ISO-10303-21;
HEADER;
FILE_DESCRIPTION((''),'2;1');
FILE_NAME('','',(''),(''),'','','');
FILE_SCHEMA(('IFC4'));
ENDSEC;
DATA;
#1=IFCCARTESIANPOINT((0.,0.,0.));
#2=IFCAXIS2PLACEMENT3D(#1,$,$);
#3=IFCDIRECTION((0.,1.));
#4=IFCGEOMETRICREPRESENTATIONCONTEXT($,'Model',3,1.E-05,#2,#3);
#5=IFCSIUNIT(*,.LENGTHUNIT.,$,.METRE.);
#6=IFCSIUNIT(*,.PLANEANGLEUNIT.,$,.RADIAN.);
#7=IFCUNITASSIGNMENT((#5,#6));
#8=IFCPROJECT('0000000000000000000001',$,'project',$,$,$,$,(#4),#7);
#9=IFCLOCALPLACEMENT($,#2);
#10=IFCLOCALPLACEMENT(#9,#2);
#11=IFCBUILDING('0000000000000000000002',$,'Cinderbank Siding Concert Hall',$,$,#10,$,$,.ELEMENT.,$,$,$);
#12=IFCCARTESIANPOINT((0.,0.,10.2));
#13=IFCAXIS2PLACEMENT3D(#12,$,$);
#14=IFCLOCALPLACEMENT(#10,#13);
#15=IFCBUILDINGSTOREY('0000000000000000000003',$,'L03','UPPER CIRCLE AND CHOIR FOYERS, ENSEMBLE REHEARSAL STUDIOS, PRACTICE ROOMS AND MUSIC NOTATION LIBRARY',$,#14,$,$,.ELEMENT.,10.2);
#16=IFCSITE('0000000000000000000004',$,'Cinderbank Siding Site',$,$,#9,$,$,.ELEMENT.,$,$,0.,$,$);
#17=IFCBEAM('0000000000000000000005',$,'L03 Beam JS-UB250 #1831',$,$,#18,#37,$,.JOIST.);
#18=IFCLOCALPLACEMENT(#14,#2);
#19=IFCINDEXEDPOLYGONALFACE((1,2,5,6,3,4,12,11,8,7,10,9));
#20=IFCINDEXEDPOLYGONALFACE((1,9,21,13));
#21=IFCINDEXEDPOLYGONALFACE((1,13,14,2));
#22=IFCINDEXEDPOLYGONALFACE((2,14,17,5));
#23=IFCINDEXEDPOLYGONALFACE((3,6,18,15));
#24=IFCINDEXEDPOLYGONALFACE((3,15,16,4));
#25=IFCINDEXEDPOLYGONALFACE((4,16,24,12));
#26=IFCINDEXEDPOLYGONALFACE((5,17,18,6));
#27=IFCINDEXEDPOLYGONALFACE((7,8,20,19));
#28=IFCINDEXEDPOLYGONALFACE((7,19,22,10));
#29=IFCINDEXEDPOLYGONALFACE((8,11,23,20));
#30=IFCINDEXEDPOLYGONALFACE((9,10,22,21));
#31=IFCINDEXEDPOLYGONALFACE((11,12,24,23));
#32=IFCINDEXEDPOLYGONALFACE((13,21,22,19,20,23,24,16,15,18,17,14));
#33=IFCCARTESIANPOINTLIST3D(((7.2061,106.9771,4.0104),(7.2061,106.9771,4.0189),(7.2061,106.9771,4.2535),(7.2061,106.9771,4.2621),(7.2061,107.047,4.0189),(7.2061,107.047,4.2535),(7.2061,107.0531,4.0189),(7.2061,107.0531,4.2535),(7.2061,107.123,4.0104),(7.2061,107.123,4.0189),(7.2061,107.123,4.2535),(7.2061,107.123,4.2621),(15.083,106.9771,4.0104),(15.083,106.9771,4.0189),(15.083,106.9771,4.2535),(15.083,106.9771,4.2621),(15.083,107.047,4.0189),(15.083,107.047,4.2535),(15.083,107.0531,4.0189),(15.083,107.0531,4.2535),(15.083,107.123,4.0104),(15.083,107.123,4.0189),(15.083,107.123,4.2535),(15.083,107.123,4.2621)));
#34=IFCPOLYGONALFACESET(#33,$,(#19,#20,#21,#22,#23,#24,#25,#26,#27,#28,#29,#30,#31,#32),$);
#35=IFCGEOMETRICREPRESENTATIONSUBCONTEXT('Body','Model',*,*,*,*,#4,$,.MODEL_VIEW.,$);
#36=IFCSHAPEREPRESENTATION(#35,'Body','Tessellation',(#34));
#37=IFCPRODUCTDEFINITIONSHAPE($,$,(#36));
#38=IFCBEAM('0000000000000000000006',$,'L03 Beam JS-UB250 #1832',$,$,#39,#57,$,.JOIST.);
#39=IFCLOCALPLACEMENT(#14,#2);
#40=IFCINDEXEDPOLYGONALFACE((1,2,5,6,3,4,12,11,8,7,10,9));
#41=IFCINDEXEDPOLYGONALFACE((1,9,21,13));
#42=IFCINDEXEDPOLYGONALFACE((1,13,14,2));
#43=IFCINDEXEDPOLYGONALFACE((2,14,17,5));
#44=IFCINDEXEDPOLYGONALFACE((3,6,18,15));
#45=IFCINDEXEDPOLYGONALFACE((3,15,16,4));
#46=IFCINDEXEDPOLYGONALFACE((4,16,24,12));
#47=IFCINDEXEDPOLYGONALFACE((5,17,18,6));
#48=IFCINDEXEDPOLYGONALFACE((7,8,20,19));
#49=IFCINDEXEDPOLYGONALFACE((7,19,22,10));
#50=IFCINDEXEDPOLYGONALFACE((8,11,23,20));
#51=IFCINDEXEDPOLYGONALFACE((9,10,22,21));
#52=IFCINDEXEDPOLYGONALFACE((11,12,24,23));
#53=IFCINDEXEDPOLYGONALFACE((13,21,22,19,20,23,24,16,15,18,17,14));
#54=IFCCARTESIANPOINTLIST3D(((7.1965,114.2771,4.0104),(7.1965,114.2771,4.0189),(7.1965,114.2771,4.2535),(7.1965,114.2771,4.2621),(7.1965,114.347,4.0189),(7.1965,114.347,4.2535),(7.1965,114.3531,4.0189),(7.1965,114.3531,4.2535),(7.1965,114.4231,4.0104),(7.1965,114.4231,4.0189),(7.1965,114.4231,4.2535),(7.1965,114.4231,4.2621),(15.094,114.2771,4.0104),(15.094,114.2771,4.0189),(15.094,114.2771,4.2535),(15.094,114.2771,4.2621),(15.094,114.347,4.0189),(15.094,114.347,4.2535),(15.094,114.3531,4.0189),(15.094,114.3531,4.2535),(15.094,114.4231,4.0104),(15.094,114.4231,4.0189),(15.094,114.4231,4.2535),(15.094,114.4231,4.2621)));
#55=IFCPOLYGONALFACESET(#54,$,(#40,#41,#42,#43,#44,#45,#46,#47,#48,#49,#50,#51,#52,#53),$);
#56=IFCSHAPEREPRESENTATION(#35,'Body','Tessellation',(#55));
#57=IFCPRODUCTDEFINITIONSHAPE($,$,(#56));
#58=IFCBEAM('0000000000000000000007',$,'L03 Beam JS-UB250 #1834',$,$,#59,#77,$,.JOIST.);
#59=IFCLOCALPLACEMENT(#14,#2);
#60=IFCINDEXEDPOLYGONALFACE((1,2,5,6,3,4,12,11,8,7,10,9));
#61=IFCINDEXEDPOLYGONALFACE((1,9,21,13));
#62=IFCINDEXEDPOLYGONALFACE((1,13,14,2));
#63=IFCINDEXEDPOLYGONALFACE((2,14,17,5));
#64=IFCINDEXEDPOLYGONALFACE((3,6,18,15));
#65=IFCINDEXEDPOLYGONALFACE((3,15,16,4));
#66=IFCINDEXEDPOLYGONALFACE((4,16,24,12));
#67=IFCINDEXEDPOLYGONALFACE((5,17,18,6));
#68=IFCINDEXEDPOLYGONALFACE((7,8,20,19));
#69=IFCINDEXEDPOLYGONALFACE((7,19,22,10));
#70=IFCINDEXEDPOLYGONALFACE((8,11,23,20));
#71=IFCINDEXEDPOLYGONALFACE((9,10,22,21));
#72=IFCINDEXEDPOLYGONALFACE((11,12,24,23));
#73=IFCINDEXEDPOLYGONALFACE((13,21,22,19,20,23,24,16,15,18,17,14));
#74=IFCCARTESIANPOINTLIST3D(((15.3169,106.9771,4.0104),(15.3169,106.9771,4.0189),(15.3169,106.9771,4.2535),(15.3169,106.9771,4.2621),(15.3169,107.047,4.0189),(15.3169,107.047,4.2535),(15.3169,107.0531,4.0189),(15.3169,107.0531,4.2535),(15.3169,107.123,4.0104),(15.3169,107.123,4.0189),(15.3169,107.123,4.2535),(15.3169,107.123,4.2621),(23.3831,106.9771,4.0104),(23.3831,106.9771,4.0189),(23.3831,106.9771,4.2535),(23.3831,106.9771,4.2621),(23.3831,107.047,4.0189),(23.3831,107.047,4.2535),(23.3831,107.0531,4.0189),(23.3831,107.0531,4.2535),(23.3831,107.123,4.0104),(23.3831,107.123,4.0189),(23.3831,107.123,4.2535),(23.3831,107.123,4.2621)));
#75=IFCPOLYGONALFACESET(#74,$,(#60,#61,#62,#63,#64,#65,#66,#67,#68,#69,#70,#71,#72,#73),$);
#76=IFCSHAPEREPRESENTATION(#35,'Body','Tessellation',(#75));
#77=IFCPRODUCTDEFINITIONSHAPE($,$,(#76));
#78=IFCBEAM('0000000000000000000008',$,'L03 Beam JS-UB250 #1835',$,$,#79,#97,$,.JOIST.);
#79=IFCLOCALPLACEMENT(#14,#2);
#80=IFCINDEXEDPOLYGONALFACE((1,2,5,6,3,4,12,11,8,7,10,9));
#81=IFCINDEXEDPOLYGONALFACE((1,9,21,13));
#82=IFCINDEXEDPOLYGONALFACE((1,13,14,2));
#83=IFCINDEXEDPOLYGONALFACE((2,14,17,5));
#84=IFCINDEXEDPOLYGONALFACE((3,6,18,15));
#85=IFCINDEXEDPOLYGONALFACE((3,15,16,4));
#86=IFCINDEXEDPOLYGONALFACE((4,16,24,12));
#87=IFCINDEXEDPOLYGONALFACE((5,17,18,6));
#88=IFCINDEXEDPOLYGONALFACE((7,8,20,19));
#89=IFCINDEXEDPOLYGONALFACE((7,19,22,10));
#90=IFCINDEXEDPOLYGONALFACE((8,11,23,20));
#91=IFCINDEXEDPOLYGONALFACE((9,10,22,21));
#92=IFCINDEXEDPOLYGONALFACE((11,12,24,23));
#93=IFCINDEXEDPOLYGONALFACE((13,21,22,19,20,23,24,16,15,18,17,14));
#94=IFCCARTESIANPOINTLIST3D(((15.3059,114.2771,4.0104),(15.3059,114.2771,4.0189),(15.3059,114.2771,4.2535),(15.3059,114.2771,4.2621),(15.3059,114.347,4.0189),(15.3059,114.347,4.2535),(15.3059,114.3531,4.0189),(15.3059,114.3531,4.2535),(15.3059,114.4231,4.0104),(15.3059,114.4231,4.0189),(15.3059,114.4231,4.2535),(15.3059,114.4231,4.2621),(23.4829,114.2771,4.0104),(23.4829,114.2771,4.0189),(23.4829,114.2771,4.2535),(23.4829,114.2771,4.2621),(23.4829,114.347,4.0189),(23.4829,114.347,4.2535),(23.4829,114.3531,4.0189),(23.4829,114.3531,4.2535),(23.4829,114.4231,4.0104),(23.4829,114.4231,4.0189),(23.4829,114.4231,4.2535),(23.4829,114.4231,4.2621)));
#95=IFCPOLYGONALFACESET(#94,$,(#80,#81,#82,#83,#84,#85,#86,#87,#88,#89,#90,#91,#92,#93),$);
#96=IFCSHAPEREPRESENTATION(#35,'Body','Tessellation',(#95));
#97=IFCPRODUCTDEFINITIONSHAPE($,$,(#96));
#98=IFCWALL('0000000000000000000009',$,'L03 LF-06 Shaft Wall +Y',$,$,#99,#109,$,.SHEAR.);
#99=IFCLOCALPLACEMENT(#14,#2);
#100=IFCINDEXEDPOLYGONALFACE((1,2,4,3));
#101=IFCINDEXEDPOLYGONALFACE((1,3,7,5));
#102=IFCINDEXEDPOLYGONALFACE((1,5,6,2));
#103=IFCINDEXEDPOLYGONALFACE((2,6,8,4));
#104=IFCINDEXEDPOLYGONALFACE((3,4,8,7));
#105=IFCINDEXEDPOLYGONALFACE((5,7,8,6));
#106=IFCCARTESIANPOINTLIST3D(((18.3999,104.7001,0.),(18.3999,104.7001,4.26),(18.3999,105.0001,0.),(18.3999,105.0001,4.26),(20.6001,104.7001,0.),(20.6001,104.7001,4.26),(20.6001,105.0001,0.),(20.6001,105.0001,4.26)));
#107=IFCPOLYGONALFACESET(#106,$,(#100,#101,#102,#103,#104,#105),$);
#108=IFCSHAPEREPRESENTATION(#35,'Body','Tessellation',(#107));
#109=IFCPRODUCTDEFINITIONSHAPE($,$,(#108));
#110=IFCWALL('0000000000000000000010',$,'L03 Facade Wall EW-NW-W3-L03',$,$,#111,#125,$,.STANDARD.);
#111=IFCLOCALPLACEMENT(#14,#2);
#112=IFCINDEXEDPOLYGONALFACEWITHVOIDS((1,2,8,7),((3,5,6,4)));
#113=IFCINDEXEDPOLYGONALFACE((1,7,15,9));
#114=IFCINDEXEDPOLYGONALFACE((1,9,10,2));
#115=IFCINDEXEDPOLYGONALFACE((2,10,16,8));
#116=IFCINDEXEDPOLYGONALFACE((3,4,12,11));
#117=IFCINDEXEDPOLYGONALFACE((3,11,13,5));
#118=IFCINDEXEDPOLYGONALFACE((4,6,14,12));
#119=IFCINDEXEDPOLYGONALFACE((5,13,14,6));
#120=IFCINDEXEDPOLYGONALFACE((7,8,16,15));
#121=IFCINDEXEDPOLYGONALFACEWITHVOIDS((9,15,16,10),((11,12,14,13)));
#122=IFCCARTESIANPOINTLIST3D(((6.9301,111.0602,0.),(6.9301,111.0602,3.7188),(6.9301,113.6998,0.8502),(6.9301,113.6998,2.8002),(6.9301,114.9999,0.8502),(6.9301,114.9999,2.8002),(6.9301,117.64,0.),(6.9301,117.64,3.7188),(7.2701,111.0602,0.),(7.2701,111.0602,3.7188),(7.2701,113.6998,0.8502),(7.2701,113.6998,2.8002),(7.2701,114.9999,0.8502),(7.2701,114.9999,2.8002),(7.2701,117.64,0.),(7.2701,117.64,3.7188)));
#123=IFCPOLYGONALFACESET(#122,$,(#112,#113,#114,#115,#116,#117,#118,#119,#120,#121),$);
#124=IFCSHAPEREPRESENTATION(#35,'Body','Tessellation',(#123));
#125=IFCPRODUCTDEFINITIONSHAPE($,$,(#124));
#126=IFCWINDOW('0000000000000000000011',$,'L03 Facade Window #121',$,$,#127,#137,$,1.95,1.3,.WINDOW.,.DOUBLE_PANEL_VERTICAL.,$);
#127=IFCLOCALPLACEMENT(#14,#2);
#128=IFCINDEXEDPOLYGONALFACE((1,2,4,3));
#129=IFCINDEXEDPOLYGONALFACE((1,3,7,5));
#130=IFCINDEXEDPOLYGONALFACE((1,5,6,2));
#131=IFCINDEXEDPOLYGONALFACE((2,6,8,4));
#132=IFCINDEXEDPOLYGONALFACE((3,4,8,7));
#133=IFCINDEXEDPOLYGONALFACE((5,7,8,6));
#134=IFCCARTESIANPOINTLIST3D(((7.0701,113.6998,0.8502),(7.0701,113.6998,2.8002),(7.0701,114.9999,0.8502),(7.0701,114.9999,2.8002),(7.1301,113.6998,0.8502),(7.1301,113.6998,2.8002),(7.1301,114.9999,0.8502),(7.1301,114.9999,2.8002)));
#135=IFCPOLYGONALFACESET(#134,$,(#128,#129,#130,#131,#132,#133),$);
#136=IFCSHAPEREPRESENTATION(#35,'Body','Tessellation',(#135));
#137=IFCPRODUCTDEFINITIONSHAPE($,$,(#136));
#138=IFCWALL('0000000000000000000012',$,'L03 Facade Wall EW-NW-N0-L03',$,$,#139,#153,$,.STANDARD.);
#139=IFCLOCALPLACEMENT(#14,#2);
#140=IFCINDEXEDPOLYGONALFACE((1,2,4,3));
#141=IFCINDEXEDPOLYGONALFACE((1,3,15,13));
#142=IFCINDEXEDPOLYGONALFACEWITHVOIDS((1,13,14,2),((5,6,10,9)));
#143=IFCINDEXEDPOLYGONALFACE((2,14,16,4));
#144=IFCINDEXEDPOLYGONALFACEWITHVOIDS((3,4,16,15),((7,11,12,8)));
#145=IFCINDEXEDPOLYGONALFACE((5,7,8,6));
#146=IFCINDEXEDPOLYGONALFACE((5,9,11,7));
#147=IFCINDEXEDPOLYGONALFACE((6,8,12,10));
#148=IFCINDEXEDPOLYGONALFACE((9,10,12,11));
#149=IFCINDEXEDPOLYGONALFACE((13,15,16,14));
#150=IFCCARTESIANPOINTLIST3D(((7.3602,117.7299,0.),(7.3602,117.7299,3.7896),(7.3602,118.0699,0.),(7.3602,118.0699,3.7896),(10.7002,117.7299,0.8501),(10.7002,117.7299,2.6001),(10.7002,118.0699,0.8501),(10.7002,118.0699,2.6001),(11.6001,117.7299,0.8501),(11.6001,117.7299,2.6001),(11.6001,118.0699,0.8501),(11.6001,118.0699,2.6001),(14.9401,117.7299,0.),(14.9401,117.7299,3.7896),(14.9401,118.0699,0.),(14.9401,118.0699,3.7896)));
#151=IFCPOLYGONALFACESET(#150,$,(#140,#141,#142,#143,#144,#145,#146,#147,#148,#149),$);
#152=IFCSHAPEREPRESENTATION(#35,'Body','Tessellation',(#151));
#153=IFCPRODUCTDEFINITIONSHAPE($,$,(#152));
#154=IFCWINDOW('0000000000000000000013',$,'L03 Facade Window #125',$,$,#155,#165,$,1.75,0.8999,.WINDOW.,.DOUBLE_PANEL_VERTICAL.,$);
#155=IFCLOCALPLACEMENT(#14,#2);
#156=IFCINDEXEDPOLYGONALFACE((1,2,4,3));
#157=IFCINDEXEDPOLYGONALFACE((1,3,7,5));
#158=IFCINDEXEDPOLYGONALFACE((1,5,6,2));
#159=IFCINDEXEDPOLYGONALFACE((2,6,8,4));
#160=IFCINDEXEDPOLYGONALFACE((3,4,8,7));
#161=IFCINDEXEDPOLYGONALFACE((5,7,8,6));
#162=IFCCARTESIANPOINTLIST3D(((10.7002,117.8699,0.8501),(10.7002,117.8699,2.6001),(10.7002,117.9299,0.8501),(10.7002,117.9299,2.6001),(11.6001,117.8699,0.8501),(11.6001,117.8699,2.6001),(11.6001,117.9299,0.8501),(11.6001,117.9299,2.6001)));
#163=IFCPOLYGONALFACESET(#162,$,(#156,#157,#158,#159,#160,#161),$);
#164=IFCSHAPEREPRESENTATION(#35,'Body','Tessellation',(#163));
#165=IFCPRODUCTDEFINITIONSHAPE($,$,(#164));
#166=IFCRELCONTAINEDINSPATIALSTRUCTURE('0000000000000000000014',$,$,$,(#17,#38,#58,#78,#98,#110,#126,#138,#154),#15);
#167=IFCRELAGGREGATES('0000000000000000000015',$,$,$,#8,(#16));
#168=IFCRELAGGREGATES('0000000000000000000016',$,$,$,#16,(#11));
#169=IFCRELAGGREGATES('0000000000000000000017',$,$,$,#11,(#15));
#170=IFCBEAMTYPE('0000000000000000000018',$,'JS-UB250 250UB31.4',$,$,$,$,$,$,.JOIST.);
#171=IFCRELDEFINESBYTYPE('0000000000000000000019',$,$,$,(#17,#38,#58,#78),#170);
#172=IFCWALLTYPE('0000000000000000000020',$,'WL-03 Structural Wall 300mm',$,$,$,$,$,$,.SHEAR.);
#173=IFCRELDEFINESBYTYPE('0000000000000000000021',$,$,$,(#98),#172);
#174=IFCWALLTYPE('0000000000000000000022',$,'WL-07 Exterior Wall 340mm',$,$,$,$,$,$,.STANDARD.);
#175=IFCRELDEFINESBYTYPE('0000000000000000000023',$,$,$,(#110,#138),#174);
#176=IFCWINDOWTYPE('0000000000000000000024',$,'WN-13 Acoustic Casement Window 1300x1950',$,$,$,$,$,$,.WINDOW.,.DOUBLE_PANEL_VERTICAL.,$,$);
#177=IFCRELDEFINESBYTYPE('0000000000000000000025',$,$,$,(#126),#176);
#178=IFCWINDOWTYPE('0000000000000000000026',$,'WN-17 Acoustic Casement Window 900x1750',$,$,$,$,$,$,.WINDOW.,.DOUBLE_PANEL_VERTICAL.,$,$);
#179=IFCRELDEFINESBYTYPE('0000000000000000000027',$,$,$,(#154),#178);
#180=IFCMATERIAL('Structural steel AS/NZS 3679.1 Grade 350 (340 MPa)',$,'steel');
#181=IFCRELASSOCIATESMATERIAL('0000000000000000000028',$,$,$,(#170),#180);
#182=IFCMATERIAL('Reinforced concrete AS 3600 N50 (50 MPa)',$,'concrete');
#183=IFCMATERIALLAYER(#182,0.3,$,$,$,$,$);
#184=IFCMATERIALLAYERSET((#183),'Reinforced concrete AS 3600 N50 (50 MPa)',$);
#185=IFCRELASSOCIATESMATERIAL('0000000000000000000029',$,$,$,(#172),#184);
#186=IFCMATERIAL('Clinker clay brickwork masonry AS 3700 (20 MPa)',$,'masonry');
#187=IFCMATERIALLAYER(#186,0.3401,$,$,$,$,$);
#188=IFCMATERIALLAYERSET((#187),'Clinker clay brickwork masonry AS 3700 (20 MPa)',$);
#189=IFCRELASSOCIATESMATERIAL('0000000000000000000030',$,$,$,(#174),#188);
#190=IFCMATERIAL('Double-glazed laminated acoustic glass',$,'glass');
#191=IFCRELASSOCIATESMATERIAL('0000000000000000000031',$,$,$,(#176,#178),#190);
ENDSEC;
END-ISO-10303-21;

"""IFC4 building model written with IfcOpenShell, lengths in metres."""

from ifc_helpers import new_model, si_unit, direction, frame, frame_2d, origin, origin_2d, place, context, subcontext, project, spatial, rectangle, i_section, extrude, material, layer, layer_set, material_profile, profile_set, type_object, element, fill, save


model = new_model("IFC4")

# Units and contexts
model_context = context("Model", 3, precision=1e-05, world=origin(), true_north=direction((0.0, 1.0)))
body_context = subcontext(model_context, "Body", "Model", "MODEL_VIEW")
ifc_project = project(units=[si_unit("LENGTHUNIT", "METRE"), si_unit("PLANEANGLEUNIT", "RADIAN")], contexts=[model_context])

# Site, building, storey
site_placement = place(None, origin())
site = spatial("IfcSite", under=ifc_project, at=site_placement, Name="Cinderbank Siding Site", CompositionType="ELEMENT", RefElevation=0.0)
building_placement = place(site_placement, origin())
building = spatial("IfcBuilding", under=site, at=building_placement, Name="Cinderbank Siding Concert Hall", CompositionType="ELEMENT")
storey_placement = place(building_placement, frame((0.0, 0.0, 10.2)))
storey = spatial("IfcBuildingStorey", under=building, at=storey_placement, Name="L03", Description="UPPER CIRCLE AND CHOIR FOYERS, ENSEMBLE REHEARSAL STUDIOS, PRACTICE ROOMS AND MUSIC NOTATION LIBRARY", CompositionType="ELEMENT", Elevation=10.2)

# Shared definitions
ifc_material_1 = material(Name="Reinforced concrete AS 3600 N50 (50 MPa)", Category="concrete")

# Beams
ifc_material_2 = material(Name="Structural steel AS/NZS 3679.1 Grade 350 (340 MPa)", Category="steel")
ifc_material_profile_1 = material_profile(ifc_material_2, i_section(OverallWidth=0.146, OverallDepth=0.2517, WebThickness=0.0061, FlangeThickness=0.0085, at=origin_2d()), Name="250UB31.4", Category="LoadBearing")
ifc_profile_set_1 = profile_set([ifc_material_profile_1], Name="Structural steel AS/NZS 3679.1 Grade 350 (340 MPa)")
beam_type_1 = type_object("IfcBeamType", Name="JS-UB250 250UB31.4", PredefinedType="JOIST", material=ifc_profile_set_1)
beam_1_placement = place(storey_placement, frame((7.2061, 107.05, 4.1362), z_axis=(1.0, 0.0, 0.0), x_axis=(0.0, 1.0, 0.0)))
element("IfcBeam", 1, at=beam_1_placement, inside=storey, type_object=beam_type_1, Name="L03 Beam JS-UB250 #1831", PredefinedType="JOIST", context=body_context, shape_type="SweptSolid", body=[
    extrude(i_section(OverallWidth=0.146, OverallDepth=0.2517, WebThickness=0.0061, FlangeThickness=0.0085, at=origin_2d()), origin(), (0.0, 0.0, 1.0), 7.877),
])
beam_2_placement = place(storey_placement, frame((7.1965, 114.3501, 4.1362), z_axis=(1.0, 0.0, 0.0), x_axis=(0.0, 1.0, 0.0)))
element("IfcBeam", 2, at=beam_2_placement, inside=storey, type_object=beam_type_1, Name="L03 Beam JS-UB250 #1832", PredefinedType="JOIST", context=body_context, shape_type="SweptSolid", body=[
    extrude(i_section(OverallWidth=0.146, OverallDepth=0.2517, WebThickness=0.0061, FlangeThickness=0.0085, at=origin_2d()), origin(), (0.0, 0.0, 1.0), 7.8975),
])
beam_3_placement = place(storey_placement, frame((15.3169, 107.05, 4.1362), z_axis=(1.0, 0.0, 0.0), x_axis=(0.0, 1.0, 0.0)))
element("IfcBeam", 3, at=beam_3_placement, inside=storey, type_object=beam_type_1, Name="L03 Beam JS-UB250 #1834", PredefinedType="JOIST", context=body_context, shape_type="SweptSolid", body=[
    extrude(i_section(OverallWidth=0.146, OverallDepth=0.2517, WebThickness=0.0061, FlangeThickness=0.0085, at=origin_2d()), origin(), (0.0, 0.0, 1.0), 8.0662),
])
beam_4_placement = place(storey_placement, frame((15.3059, 114.3501, 4.1362), z_axis=(1.0, 0.0, 0.0), x_axis=(0.0, 1.0, 0.0)))
element("IfcBeam", 4, at=beam_4_placement, inside=storey, type_object=beam_type_1, Name="L03 Beam JS-UB250 #1835", PredefinedType="JOIST", context=body_context, shape_type="SweptSolid", body=[
    extrude(i_section(OverallWidth=0.146, OverallDepth=0.2517, WebThickness=0.0061, FlangeThickness=0.0085, at=origin_2d()), origin(), (0.0, 0.0, 1.0), 8.177),
])

# Wall
ifc_layer_1 = layer(ifc_material_1, 0.3)
ifc_layer_set_1 = layer_set([ifc_layer_1], Name="Reinforced concrete AS 3600 N50 (50 MPa)")
wall_type_1 = type_object("IfcWallType", Name="WL-03 Structural Wall 300mm", PredefinedType="SHEAR", material=ifc_layer_set_1)
wall_1_placement = place(storey_placement, frame((18.3999, 104.8501, 0.0), z_axis=(0.0, 0.0, 1.0), x_axis=(1.0, 0.0, 0.0)))
element("IfcWall", 5, at=wall_1_placement, inside=storey, type_object=wall_type_1, Name="L03 LF-06 Shaft Wall +Y", PredefinedType="SHEAR", context=body_context, shape_type="SweptSolid", body=[
    extrude(rectangle(XDim=2.2002, YDim=0.3, at=frame_2d((1.1001, 0.0))), origin(), (0.0, 0.0, 1.0), 4.26),
])

# Walls, openings, windows
ifc_material_3 = material(Name="Clinker clay brickwork masonry AS 3700 (20 MPa)", Category="masonry")
ifc_layer_2 = layer(ifc_material_3, 0.3401)
ifc_layer_set_2 = layer_set([ifc_layer_2], Name="Clinker clay brickwork masonry AS 3700 (20 MPa)")
wall_type_2 = type_object("IfcWallType", Name="WL-07 Exterior Wall 340mm", PredefinedType="STANDARD", material=ifc_layer_set_2)
wall_2_placement = place(storey_placement, frame((7.1001, 111.0601, 0.0), z_axis=(0.0, 0.0, 1.0), x_axis=(0.0, 1.0, 0.0)))
wall_2 = element("IfcWall", 6, at=wall_2_placement, inside=storey, type_object=wall_type_2, Name="L03 Facade Wall EW-NW-W3-L03", PredefinedType="STANDARD", context=body_context, shape_type="SweptSolid", body=[
    extrude(rectangle(XDim=6.5798, YDim=0.3401, at=frame_2d((3.29, 0.0))), origin(), (0.0, 0.0, 1.0), 3.7188),
])
opening_1_placement = place(wall_2_placement, frame((2.6399, 0.0, 0.8501)))
opening_1 = element("IfcOpeningElement", 7, at=opening_1_placement, cuts=wall_2, PredefinedType="OPENING", context=body_context, shape_type="SweptSolid", body=[
    extrude(rectangle(XDim=1.3, YDim=1.95, at=frame_2d((0.6499, 0.9751))), frame((0.0, 0.1821, 0.0), z_axis=(0.0, -1.0, 0.0), x_axis=(1.0, 0.0, 0.0)), (0.0, 0.0, 1.0), 0.364),
])
ifc_material_4 = material(Name="Double-glazed laminated acoustic glass", Category="glass")
window_type_1 = type_object("IfcWindowType", Name="WN-13 Acoustic Casement Window 1300x1950", PartitioningType="DOUBLE_PANEL_VERTICAL", PredefinedType="WINDOW", material=ifc_material_4)
window_1_placement = place(opening_1_placement, origin())
window_1 = element("IfcWindow", 8, at=window_1_placement, inside=storey, type_object=window_type_1, Name="L03 Facade Window #121", OverallHeight=1.95, OverallWidth=1.3, PartitioningType="DOUBLE_PANEL_VERTICAL", PredefinedType="WINDOW", context=body_context, shape_type="SweptSolid", body=[
    extrude(rectangle(XDim=1.3, YDim=1.95, at=frame_2d((0.6499, 0.9751))), frame((0.0, 0.03, 0.0), z_axis=(0.0, -1.0, 0.0), x_axis=(1.0, 0.0, 0.0)), (0.0, 0.0, 1.0), 0.0601),
])
fill(opening_1, window_1)
wall_3_placement = place(storey_placement, frame((7.3601, 117.8999, 0.0), z_axis=(0.0, 0.0, 1.0), x_axis=(1.0, 0.0, 0.0)))
wall_3 = element("IfcWall", 9, at=wall_3_placement, inside=storey, type_object=wall_type_2, Name="L03 Facade Wall EW-NW-N0-L03", PredefinedType="STANDARD", context=body_context, shape_type="SweptSolid", body=[
    extrude(rectangle(XDim=7.5798, YDim=0.3401, at=frame_2d((3.79, 0.0))), origin(), (0.0, 0.0, 1.0), 3.7896),
])
opening_2_placement = place(wall_3_placement, frame((3.3401, 0.0, 0.8501)))
opening_2 = element("IfcOpeningElement", 10, at=opening_2_placement, cuts=wall_3, PredefinedType="OPENING", context=body_context, shape_type="SweptSolid", body=[
    extrude(rectangle(XDim=0.8999, YDim=1.75, at=frame_2d((0.45, 0.875))), frame((0.0, 0.1821, 0.0), z_axis=(0.0, -1.0, 0.0), x_axis=(1.0, 0.0, 0.0)), (0.0, 0.0, 1.0), 0.364),
])
window_type_2 = type_object("IfcWindowType", Name="WN-17 Acoustic Casement Window 900x1750", PartitioningType="DOUBLE_PANEL_VERTICAL", PredefinedType="WINDOW", material=ifc_material_4)
window_2_placement = place(opening_2_placement, origin())
window_2 = element("IfcWindow", 11, at=window_2_placement, inside=storey, type_object=window_type_2, Name="L03 Facade Window #125", OverallHeight=1.75, OverallWidth=0.8999, PartitioningType="DOUBLE_PANEL_VERTICAL", PredefinedType="WINDOW", context=body_context, shape_type="SweptSolid", body=[
    extrude(rectangle(XDim=0.8999, YDim=1.75, at=frame_2d((0.45, 0.875))), frame((0.0, 0.03, 0.0), z_axis=(0.0, -1.0, 0.0), x_axis=(1.0, 0.0, 0.0)), (0.0, 0.0, 1.0), 0.0601),
])
fill(opening_2, window_2)

save(model, "model.ifc")
